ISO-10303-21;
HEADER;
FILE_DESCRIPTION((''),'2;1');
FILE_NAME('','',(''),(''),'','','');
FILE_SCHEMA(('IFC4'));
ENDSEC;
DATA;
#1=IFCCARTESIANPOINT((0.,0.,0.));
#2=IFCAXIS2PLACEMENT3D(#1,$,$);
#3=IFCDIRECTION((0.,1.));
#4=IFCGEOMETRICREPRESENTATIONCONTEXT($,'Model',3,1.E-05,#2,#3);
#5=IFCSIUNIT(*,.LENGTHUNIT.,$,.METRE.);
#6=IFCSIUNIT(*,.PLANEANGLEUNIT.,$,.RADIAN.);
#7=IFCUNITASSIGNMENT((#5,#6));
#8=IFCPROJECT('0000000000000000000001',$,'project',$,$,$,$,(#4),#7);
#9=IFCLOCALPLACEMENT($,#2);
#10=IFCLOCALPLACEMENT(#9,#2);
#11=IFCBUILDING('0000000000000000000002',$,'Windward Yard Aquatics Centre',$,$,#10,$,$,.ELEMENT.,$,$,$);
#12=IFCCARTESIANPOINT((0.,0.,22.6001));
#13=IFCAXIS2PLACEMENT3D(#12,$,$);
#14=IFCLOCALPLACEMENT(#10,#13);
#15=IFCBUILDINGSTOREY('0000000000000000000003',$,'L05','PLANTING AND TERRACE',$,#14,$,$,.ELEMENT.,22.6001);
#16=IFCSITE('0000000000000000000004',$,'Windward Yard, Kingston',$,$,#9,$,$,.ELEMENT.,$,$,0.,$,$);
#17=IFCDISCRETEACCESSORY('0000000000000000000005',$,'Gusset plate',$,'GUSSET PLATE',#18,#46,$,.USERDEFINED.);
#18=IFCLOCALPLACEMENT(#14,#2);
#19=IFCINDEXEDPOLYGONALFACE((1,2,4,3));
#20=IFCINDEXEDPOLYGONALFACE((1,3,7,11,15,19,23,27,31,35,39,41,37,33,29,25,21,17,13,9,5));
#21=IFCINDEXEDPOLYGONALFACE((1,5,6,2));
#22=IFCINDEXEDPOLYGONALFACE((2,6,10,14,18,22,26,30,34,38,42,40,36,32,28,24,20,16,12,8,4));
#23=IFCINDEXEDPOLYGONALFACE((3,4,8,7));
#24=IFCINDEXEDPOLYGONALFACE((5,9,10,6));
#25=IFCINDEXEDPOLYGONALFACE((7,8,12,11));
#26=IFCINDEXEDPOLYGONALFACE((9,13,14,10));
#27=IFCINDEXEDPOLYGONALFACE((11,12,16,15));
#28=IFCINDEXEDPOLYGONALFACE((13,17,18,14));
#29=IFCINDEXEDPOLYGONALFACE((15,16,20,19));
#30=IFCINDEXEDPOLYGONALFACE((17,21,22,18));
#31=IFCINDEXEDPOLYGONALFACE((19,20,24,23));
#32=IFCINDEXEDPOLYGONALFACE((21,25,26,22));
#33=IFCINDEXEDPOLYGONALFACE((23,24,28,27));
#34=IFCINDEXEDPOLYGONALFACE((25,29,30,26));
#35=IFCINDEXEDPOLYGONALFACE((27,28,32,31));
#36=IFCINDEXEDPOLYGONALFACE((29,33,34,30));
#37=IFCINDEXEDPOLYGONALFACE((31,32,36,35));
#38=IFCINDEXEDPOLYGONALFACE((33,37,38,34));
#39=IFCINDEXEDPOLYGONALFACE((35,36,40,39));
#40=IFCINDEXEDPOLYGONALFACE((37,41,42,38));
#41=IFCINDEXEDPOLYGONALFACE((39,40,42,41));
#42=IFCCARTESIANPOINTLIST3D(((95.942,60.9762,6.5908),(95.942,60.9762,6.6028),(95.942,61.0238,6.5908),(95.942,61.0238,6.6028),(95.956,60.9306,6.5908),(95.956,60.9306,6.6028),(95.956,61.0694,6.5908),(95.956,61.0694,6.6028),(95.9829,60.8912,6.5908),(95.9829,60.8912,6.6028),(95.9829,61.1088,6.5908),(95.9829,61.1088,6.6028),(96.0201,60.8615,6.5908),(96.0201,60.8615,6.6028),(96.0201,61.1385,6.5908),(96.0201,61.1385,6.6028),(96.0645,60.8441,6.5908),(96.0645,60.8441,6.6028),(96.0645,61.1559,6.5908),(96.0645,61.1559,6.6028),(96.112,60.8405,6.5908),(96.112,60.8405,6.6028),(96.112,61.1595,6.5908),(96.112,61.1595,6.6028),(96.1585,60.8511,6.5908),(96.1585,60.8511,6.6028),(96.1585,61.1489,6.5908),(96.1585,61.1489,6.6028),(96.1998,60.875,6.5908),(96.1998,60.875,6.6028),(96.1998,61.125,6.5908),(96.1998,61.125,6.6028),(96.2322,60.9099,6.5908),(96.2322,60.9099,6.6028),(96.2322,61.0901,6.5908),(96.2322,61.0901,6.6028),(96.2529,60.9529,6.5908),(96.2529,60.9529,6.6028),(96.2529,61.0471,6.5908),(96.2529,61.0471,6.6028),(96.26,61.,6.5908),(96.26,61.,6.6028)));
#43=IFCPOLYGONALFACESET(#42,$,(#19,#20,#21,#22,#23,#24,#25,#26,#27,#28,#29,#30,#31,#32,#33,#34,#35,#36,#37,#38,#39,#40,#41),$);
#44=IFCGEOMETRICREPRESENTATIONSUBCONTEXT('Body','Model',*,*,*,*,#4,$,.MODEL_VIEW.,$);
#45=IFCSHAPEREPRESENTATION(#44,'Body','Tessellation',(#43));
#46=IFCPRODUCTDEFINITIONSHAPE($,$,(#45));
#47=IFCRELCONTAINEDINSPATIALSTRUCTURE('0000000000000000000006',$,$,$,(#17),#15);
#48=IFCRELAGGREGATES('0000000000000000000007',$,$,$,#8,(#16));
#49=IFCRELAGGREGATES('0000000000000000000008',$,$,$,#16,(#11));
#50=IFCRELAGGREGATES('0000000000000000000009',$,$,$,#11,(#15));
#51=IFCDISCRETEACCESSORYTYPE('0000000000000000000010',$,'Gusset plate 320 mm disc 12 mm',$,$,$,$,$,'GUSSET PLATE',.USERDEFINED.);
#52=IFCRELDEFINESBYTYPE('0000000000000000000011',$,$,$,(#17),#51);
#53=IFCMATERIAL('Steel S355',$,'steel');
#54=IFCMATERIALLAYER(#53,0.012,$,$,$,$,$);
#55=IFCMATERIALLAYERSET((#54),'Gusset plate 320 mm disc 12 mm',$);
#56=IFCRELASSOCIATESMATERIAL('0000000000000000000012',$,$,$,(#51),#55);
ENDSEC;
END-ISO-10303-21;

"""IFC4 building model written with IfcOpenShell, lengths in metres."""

from ifc_helpers import new_model, si_unit, direction, frame, origin, origin_2d, place, context, subcontext, project, spatial, circle, extrude, material, layer, layer_set, type_object, element, save


model = new_model("IFC4")

# Units and contexts
model_context = context("Model", 3, precision=1e-05, world=origin(), true_north=direction((0.0, 1.0)))
body_context = subcontext(model_context, "Body", "Model", "MODEL_VIEW")
ifc_project = project(units=[si_unit("LENGTHUNIT", "METRE"), si_unit("PLANEANGLEUNIT", "RADIAN")], contexts=[model_context])

# Site, building, storey
site_placement = place(None, origin())
site = spatial("IfcSite", under=ifc_project, at=site_placement, Name="Windward Yard, Kingston", CompositionType="ELEMENT", RefElevation=0.0)
building_placement = place(site_placement, origin())
building = spatial("IfcBuilding", under=site, at=building_placement, Name="Windward Yard Aquatics Centre", CompositionType="ELEMENT")
storey_placement = place(building_placement, frame((0.0, 0.0, 22.6001)))
storey = spatial("IfcBuildingStorey", under=building, at=storey_placement, Name="L05", Description="PLANTING AND TERRACE", CompositionType="ELEMENT", Elevation=22.6001)

# Discrete accessory
ifc_material_1 = material(Name="Steel S355", Category="steel")
ifc_layer = layer(ifc_material_1, 0.012)
ifc_layer_set = layer_set([ifc_layer], Name="Gusset plate 320 mm disc 12 mm")
discrete_accessory_type = type_object("IfcDiscreteAccessoryType", Name="Gusset plate 320 mm disc 12 mm", ElementType="GUSSET PLATE", PredefinedType="USERDEFINED", material=ifc_layer_set)
for number, where, z_axis, x_axis, name in (
    (1, (96.1001, 61.0, 6.5908), (0.0, 0.0, 1.0), (1.0, 0.0, 0.0), "Gusset plate"),
):
    element("IfcDiscreteAccessory", number, at=place(storey_placement, frame(where, z_axis=z_axis, x_axis=x_axis)), inside=storey, type_object=discrete_accessory_type, Name=name, ObjectType="GUSSET PLATE", PredefinedType="USERDEFINED", context=body_context, shape_type="SweptSolid", body=[
        extrude(circle(Radius=0.1599, at=origin_2d()), origin(), (0.0, 0.0, 1.0), 0.012),
    ])

save(model, "model.ifc")
